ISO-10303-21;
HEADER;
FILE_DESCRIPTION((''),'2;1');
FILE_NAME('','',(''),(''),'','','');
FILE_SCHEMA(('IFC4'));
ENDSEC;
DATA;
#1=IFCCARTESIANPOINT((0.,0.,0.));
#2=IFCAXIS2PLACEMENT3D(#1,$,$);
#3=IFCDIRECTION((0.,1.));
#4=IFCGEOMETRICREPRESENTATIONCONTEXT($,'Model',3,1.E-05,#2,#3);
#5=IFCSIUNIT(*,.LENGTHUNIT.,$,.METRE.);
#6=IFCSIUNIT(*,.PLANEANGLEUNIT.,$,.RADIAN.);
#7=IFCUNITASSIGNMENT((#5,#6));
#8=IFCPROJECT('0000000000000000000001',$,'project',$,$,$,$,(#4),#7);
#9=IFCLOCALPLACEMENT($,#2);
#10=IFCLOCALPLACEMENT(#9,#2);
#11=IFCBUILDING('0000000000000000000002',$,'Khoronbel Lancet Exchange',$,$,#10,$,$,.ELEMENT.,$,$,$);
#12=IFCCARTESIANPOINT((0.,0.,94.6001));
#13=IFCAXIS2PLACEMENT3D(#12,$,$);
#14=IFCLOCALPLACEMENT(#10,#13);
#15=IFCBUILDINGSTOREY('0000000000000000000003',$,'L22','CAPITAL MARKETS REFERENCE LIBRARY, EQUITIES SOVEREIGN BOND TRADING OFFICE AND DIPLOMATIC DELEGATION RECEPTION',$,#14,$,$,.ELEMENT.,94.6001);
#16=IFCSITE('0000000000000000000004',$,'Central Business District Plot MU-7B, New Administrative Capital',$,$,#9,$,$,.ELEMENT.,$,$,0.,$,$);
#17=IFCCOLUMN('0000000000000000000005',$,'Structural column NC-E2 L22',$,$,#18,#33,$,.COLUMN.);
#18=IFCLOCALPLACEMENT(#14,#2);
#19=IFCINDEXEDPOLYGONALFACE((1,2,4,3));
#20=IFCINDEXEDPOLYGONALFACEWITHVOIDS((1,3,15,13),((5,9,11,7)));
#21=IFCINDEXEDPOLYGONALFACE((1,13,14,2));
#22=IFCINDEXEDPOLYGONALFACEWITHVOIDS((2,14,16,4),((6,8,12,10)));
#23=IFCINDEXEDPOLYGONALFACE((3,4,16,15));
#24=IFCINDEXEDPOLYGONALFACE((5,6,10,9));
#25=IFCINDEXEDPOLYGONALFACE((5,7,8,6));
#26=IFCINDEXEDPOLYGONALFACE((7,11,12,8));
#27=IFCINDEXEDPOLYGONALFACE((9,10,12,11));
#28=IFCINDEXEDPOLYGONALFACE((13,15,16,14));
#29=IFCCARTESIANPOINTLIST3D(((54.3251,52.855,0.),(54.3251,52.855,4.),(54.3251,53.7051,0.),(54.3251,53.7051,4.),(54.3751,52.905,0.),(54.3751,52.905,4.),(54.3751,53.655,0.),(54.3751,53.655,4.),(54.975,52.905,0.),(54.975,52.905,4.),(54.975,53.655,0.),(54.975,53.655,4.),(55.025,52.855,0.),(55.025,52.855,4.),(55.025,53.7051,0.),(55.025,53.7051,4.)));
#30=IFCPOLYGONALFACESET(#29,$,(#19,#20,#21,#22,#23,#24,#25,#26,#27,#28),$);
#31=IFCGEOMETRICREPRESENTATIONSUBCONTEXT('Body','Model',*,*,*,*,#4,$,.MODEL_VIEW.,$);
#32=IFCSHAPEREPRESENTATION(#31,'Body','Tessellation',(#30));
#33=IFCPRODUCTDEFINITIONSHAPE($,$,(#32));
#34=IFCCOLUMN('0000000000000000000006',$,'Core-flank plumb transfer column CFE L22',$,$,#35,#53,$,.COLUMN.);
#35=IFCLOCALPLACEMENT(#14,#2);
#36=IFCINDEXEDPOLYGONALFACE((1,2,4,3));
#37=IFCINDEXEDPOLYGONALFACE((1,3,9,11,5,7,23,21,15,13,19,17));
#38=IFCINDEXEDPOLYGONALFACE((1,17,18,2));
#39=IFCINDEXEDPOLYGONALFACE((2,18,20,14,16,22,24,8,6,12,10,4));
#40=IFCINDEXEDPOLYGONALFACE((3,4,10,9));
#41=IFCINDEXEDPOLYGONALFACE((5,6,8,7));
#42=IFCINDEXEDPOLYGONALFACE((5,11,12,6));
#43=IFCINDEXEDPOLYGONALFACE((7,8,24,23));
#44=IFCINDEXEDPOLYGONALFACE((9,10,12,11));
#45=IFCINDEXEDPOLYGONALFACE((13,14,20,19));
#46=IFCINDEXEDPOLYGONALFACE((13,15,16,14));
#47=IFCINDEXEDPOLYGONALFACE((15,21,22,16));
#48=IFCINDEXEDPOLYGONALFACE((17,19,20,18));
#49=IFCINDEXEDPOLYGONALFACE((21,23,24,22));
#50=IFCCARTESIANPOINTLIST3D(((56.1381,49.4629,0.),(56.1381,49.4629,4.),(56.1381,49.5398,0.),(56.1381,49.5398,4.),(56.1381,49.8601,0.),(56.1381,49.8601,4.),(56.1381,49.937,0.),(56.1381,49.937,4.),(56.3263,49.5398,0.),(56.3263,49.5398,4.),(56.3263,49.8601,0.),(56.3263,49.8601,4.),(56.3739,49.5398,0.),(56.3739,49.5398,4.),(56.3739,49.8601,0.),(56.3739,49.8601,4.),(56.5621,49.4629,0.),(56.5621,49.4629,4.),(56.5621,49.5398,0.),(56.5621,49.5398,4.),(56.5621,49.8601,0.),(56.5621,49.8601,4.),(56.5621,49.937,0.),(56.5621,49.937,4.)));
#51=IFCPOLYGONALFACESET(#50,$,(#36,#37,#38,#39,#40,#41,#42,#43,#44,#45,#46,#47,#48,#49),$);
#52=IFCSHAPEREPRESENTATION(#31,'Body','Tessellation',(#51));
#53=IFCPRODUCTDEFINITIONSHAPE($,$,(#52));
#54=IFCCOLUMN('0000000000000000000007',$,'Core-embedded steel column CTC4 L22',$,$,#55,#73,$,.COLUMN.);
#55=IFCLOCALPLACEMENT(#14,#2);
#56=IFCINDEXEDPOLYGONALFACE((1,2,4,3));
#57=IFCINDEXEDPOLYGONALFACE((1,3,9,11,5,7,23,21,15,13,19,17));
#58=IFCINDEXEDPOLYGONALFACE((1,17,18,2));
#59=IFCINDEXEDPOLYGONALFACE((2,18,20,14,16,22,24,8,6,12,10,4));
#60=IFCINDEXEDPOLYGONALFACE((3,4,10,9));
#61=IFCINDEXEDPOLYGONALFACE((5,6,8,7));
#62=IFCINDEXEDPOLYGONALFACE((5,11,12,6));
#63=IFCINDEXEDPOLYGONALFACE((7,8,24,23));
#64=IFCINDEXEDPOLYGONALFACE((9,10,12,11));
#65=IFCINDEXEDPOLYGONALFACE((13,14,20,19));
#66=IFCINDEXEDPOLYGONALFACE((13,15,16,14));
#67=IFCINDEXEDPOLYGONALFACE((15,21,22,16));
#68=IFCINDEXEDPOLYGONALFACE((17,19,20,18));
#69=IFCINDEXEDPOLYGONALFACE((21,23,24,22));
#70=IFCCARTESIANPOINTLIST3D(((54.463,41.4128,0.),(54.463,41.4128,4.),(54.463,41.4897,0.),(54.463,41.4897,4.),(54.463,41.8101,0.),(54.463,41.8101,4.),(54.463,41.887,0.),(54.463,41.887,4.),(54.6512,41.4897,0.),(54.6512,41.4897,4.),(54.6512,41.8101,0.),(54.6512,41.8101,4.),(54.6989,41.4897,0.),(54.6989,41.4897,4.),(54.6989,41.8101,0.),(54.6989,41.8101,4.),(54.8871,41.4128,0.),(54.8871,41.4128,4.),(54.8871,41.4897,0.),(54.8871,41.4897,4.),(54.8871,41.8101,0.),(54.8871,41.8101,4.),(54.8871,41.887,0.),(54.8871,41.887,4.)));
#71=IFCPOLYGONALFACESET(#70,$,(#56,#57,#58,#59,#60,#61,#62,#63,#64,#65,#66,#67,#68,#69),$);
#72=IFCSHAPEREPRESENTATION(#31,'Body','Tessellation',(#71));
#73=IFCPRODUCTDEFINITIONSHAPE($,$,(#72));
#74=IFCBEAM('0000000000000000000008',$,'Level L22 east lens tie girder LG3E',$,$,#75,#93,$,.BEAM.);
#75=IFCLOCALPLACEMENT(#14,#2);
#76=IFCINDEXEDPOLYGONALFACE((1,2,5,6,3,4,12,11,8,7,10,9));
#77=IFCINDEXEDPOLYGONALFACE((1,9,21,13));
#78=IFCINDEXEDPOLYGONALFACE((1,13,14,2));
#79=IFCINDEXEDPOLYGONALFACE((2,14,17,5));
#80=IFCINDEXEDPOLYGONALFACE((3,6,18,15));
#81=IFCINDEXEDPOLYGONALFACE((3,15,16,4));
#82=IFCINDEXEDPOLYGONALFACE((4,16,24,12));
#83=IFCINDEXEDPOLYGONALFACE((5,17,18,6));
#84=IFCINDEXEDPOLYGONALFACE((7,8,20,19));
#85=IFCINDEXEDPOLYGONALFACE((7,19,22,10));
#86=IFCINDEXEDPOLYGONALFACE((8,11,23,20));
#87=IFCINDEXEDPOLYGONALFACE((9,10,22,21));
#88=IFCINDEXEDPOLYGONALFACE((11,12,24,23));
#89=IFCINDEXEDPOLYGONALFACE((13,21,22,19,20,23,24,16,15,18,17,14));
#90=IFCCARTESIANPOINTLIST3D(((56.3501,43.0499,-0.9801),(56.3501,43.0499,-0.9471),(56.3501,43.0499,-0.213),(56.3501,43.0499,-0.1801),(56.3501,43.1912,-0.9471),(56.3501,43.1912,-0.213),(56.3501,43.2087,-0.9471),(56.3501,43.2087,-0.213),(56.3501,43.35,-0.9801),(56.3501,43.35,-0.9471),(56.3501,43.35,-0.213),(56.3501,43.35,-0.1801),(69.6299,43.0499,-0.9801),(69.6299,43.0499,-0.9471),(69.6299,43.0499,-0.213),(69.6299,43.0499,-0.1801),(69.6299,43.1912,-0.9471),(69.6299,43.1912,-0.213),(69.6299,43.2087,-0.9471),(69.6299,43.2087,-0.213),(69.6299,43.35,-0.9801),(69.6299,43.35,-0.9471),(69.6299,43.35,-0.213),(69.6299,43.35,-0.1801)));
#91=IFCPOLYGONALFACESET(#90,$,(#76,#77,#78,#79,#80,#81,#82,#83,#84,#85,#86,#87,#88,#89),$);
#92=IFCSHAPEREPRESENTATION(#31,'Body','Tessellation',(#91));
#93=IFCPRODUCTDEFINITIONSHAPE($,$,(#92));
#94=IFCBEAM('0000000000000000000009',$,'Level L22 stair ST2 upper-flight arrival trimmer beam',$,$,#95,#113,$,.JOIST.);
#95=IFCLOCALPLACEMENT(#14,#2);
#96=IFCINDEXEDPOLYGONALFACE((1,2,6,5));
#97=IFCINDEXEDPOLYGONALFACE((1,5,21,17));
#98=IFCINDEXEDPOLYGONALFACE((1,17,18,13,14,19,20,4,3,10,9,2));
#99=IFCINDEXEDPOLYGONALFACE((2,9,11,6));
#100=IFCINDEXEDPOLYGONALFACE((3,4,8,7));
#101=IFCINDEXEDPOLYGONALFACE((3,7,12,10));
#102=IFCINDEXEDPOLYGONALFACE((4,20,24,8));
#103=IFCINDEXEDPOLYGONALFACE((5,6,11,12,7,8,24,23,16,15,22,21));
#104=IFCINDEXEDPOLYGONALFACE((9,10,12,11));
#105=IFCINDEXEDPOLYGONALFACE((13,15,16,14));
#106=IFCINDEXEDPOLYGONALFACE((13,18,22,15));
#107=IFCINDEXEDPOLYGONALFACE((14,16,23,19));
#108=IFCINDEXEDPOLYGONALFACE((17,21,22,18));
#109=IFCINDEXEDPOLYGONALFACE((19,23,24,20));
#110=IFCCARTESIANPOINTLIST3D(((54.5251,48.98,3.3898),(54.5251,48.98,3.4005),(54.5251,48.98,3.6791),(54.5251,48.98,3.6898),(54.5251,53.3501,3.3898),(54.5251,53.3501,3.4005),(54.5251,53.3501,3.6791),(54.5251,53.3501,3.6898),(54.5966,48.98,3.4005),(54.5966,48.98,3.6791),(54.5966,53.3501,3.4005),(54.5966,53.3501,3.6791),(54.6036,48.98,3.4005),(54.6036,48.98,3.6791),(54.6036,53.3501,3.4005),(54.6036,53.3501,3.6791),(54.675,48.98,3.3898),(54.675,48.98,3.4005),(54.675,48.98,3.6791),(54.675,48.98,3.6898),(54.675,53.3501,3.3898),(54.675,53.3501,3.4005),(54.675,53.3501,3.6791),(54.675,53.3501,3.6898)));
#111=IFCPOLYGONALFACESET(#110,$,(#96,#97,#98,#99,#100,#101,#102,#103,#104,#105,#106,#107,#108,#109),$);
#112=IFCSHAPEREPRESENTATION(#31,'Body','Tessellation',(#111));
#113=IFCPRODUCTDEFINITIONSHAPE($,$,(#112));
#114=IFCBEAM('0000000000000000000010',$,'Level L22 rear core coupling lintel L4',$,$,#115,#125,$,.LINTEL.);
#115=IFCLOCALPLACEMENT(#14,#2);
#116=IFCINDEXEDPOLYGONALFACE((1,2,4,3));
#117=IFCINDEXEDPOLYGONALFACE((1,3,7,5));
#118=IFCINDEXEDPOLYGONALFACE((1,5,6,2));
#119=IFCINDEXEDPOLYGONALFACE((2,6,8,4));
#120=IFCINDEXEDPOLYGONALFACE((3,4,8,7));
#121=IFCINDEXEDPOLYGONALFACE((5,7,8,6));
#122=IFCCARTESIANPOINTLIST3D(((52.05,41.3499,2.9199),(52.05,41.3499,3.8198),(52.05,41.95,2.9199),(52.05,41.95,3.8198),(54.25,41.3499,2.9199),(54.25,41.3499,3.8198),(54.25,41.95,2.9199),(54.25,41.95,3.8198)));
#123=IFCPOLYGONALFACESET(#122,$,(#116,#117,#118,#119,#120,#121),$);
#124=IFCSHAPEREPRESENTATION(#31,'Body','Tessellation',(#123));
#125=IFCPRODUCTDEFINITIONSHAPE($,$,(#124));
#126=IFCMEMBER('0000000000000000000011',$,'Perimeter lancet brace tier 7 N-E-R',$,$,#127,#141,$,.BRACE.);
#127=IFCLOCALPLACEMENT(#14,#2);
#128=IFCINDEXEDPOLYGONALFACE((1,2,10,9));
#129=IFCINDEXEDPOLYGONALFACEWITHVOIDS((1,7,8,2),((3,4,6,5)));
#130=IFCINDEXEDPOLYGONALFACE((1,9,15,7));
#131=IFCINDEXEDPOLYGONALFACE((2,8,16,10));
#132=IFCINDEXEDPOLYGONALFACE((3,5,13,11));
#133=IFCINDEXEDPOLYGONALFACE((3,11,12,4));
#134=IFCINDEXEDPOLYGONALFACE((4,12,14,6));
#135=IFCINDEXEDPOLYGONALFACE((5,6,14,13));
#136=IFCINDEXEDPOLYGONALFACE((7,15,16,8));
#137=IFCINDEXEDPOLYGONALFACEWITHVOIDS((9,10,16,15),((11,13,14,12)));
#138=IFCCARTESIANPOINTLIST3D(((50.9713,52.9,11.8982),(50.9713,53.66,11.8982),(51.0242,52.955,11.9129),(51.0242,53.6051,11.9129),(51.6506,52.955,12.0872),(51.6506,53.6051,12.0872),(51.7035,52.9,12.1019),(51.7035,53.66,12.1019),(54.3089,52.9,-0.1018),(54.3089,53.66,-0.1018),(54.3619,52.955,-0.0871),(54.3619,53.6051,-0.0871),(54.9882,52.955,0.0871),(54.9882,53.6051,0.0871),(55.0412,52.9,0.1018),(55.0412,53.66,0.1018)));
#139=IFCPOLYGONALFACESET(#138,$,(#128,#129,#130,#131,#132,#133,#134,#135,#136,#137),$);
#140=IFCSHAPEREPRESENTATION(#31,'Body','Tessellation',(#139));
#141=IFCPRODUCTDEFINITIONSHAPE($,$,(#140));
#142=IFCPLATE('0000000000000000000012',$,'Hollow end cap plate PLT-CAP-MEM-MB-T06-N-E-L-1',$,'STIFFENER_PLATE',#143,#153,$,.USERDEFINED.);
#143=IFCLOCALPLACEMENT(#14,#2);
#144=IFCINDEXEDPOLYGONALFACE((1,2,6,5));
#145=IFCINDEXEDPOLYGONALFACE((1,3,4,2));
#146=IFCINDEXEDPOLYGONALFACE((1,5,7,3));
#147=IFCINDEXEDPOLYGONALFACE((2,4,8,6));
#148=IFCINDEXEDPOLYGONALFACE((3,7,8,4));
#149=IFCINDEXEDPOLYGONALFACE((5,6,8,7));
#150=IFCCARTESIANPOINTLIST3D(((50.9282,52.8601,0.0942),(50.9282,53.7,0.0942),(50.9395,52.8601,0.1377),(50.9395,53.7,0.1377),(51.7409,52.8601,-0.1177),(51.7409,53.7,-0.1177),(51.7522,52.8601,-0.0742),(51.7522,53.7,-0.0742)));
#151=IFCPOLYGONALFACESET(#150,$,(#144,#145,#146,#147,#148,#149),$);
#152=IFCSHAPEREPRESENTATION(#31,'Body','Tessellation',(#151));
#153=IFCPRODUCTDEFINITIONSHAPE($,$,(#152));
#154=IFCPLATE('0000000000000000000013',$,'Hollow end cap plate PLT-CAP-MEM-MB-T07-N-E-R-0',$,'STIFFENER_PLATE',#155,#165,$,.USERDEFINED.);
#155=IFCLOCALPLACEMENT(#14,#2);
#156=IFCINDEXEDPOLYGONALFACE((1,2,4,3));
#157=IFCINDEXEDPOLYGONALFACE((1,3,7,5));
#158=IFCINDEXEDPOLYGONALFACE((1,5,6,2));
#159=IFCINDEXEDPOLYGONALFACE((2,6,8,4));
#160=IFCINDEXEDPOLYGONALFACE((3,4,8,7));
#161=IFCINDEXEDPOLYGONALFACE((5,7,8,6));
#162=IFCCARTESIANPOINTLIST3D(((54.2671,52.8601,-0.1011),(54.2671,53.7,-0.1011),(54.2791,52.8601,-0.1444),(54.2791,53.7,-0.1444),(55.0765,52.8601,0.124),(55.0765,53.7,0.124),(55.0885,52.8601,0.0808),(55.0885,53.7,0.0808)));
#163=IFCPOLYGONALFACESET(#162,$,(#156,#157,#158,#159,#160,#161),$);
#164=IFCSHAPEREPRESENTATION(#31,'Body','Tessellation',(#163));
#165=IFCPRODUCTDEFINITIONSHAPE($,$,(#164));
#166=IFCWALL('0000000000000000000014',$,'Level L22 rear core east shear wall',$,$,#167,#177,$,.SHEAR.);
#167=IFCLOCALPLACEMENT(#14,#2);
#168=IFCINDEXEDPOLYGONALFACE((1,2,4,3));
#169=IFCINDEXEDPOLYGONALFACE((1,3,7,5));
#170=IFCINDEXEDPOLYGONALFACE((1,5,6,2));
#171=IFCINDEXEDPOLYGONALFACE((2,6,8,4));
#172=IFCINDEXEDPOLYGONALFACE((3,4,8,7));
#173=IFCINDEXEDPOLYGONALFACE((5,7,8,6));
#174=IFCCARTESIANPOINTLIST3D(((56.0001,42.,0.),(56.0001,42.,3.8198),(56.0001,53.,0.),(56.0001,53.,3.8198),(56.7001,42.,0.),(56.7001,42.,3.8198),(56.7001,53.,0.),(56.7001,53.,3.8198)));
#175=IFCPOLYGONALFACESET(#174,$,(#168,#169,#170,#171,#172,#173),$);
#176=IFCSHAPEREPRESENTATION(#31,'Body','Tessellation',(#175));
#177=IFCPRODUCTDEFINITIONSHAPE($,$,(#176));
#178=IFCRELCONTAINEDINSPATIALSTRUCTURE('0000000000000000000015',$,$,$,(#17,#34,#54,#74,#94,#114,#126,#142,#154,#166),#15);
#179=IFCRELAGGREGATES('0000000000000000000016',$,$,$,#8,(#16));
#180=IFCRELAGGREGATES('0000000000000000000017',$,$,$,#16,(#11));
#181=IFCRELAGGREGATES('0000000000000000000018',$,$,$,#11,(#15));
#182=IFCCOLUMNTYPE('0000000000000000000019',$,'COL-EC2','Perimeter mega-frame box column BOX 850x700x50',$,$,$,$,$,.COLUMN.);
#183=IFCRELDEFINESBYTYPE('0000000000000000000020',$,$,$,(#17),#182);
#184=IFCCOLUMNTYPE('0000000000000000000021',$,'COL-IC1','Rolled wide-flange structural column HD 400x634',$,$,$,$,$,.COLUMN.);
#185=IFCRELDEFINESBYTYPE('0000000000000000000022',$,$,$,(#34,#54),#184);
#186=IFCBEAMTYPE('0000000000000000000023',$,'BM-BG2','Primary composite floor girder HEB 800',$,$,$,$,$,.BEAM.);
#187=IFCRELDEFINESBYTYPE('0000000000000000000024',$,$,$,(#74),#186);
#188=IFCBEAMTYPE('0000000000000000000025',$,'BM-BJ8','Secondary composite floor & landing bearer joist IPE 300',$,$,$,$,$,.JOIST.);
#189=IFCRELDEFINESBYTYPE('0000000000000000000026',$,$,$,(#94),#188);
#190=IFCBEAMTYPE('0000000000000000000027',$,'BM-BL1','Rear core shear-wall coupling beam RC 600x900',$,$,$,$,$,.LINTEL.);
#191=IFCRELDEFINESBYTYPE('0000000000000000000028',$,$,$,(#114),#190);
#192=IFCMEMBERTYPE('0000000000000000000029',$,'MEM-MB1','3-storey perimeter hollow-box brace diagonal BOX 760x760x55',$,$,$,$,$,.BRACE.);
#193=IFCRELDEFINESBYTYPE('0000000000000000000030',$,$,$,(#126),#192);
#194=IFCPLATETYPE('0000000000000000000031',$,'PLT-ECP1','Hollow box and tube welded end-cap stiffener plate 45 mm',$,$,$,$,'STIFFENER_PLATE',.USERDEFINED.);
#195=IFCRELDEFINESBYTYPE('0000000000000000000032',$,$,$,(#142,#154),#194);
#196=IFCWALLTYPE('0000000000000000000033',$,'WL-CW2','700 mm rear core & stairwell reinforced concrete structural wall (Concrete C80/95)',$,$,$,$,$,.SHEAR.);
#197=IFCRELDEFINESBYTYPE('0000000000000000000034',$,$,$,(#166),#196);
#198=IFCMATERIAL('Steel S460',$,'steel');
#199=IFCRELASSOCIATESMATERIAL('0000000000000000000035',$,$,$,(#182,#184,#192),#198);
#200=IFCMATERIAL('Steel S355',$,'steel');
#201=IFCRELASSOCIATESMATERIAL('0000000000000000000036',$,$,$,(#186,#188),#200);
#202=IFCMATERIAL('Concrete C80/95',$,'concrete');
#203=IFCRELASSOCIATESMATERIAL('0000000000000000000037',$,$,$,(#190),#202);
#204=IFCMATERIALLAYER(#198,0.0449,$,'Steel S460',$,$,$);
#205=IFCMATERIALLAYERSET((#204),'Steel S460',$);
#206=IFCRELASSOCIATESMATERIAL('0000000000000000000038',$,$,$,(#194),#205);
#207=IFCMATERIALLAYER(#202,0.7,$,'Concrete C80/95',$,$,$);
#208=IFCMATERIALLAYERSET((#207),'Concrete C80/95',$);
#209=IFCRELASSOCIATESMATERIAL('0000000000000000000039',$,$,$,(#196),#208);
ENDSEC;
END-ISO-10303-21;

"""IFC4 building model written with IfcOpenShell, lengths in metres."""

from ifc_helpers import new_model, si_unit, direction, frame, frame_2d, origin, origin_2d, place, context, subcontext, project, spatial, polyline, rectangle, hollow_rectangle, i_section, outline, extrude, material, layer, layer_set, material_profile, profile_set, type_object, element, save


model = new_model("IFC4")

# Units and contexts
model_context = context("Model", 3, precision=1e-05, world=origin(), true_north=direction((0.0, 1.0)))
body_context = subcontext(model_context, "Body", "Model", "MODEL_VIEW")
ifc_project = project(units=[si_unit("LENGTHUNIT", "METRE"), si_unit("PLANEANGLEUNIT", "RADIAN")], contexts=[model_context])

# Site, building, storey
site_placement = place(None, origin())
site = spatial("IfcSite", under=ifc_project, at=site_placement, Name="Central Business District Plot MU-7B, New Administrative Capital", CompositionType="ELEMENT", RefElevation=0.0)
building_placement = place(site_placement, origin())
building = spatial("IfcBuilding", under=site, at=building_placement, Name="Khoronbel Lancet Exchange", CompositionType="ELEMENT")
storey_placement = place(building_placement, frame((0.0, 0.0, 94.6001)))
storey = spatial("IfcBuildingStorey", under=building, at=storey_placement, Name="L22", Description="CAPITAL MARKETS REFERENCE LIBRARY, EQUITIES SOVEREIGN BOND TRADING OFFICE AND DIPLOMATIC DELEGATION RECEPTION", CompositionType="ELEMENT", Elevation=94.6001)

# Columns
ifc_material_1 = material(Name="Steel S460", Category="steel")
ifc_material_profile_1 = material_profile(ifc_material_1, hollow_rectangle(XDim=0.7, YDim=0.8501, WallThickness=0.05, at=origin_2d()), Name="BOX 850x700x50")
ifc_profile_set_1 = profile_set([ifc_material_profile_1], Name="Steel S460")
column_type_1 = type_object("IfcColumnType", Name="COL-EC2", Description="Perimeter mega-frame box column BOX 850x700x50", PredefinedType="COLUMN", material=ifc_profile_set_1)
column_placement = place(storey_placement, frame((54.675, 53.28, 0.0), z_axis=(0.0, 0.0, 1.0), x_axis=(1.0, 0.0, 0.0)))
element("IfcColumn", 1, at=column_placement, inside=storey, type_object=column_type_1, Name="Structural column NC-E2 L22", PredefinedType="COLUMN", context=body_context, shape_type="SweptSolid", body=[
    extrude(hollow_rectangle(XDim=0.7, YDim=0.8501, WallThickness=0.05, at=origin_2d()), origin(), (0.0, 0.0, 1.0), 4.0),
])
ifc_material_profile_2 = material_profile(ifc_material_1, i_section(OverallWidth=0.4241, OverallDepth=0.4741, WebThickness=0.0476, FlangeThickness=0.0769, at=origin_2d()), Name="HD 400x634")
ifc_profile_set_2 = profile_set([ifc_material_profile_2], Name="Steel S460")
column_type_2 = type_object("IfcColumnType", Name="COL-IC1", Description="Rolled wide-flange structural column HD 400x634", PredefinedType="COLUMN", material=ifc_profile_set_2)
for number, where, z_axis, x_axis, name in (
    (2, (56.3501, 49.7, 0.0), (0.0, 0.0, 1.0), (1.0, 0.0, 0.0), "Core-flank plumb transfer column CFE L22"),
    (3, (54.675, 41.6499, 0.0), (0.0, 0.0, 1.0), (1.0, 0.0, 0.0), "Core-embedded steel column CTC4 L22"),
):
    element("IfcColumn", number, at=place(storey_placement, frame(where, z_axis=z_axis, x_axis=x_axis)), inside=storey, type_object=column_type_2, Name=name, PredefinedType="COLUMN", context=body_context, shape_type="SweptSolid", body=[
        extrude(i_section(OverallWidth=0.4241, OverallDepth=0.4741, WebThickness=0.0476, FlangeThickness=0.0769, at=origin_2d()), origin(), (0.0, 0.0, 1.0), 4.0),
    ])

# Beams
ifc_material_2 = material(Name="Steel S355", Category="steel")
ifc_material_profile_3 = material_profile(ifc_material_2, i_section(OverallWidth=0.3, OverallDepth=0.8, WebThickness=0.0176, FlangeThickness=0.033, at=origin_2d()), Name="HEB 800")
ifc_profile_set_3 = profile_set([ifc_material_profile_3], Name="Steel S355")
beam_type_1 = type_object("IfcBeamType", Name="BM-BG2", Description="Primary composite floor girder HEB 800", PredefinedType="BEAM", material=ifc_profile_set_3)
beam_1_placement = place(storey_placement, frame((56.3501, 43.2, -0.5801), z_axis=(1.0, 0.0, 0.0), x_axis=(0.0, 1.0, 0.0)))
element("IfcBeam", 4, at=beam_1_placement, inside=storey, type_object=beam_type_1, Name="Level L22 east lens tie girder LG3E", PredefinedType="BEAM", context=body_context, shape_type="SweptSolid", body=[
    extrude(i_section(OverallWidth=0.3, OverallDepth=0.8, WebThickness=0.0176, FlangeThickness=0.033, at=origin_2d()), origin(), (0.0, 0.0, 1.0), 13.2798),
])
ifc_material_profile_4 = material_profile(ifc_material_2, i_section(OverallWidth=0.1499, OverallDepth=0.3, WebThickness=0.0071, FlangeThickness=0.0107, at=origin_2d()), Name="IPE 300")
ifc_profile_set_4 = profile_set([ifc_material_profile_4], Name="Steel S355")
beam_type_2 = type_object("IfcBeamType", Name="BM-BJ8", Description="Secondary composite floor & landing bearer joist IPE 300", PredefinedType="JOIST", material=ifc_profile_set_4)
beam_2_placement = place(storey_placement, frame((54.6001, 48.98, 3.5398), z_axis=(0.0, 1.0, 0.0), x_axis=(-1.0, 0.0, 0.0)))
element("IfcBeam", 5, at=beam_2_placement, inside=storey, type_object=beam_type_2, Name="Level L22 stair ST2 upper-flight arrival trimmer beam", PredefinedType="JOIST", context=body_context, shape_type="SweptSolid", body=[
    extrude(i_section(OverallWidth=0.1499, OverallDepth=0.3, WebThickness=0.0071, FlangeThickness=0.0107, at=origin_2d()), origin(), (0.0, 0.0, 1.0), 4.3701),
])
ifc_material_3 = material(Name="Concrete C80/95", Category="concrete")
ifc_material_profile_5 = material_profile(ifc_material_3, rectangle(XDim=0.6001, YDim=0.8999, at=origin_2d()), Name="RC 600x900")
ifc_profile_set_5 = profile_set([ifc_material_profile_5], Name="Concrete C80/95")
beam_type_3 = type_object("IfcBeamType", Name="BM-BL1", Description="Rear core shear-wall coupling beam RC 600x900", PredefinedType="LINTEL", material=ifc_profile_set_5)
beam_3_placement = place(storey_placement, frame((52.05, 41.6499, 3.3699), z_axis=(1.0, 0.0, 0.0), x_axis=(0.0, 1.0, 0.0)))
element("IfcBeam", 6, at=beam_3_placement, inside=storey, type_object=beam_type_3, Name="Level L22 rear core coupling lintel L4", PredefinedType="LINTEL", context=body_context, shape_type="SweptSolid", body=[
    extrude(rectangle(XDim=0.6001, YDim=0.8999, at=origin_2d()), origin(), (0.0, 0.0, 1.0), 2.2),
])

# Member
ifc_material_profile_6 = material_profile(ifc_material_1, hollow_rectangle(XDim=0.76, YDim=0.76, WallThickness=0.0549, at=origin_2d()), Name="BOX 760x760x55")
ifc_profile_set_6 = profile_set([ifc_material_profile_6], Name="Steel S460")
member_type = type_object("IfcMemberType", Name="MEM-MB1", Description="3-storey perimeter hollow-box brace diagonal BOX 760x760x55", PredefinedType="BRACE", material=ifc_profile_set_6)
member_placement = place(storey_placement, frame((54.675, 53.28, 0.0), z_axis=(-0.267965, 0.0, 0.963429), x_axis=(0.0, -1.0, 0.0)))
element("IfcMember", 7, at=member_placement, inside=storey, type_object=member_type, Name="Perimeter lancet brace tier 7 N-E-R", PredefinedType="BRACE", context=body_context, shape_type="SweptSolid", body=[
    extrude(hollow_rectangle(XDim=0.76, YDim=0.76, WallThickness=0.0549, at=origin_2d()), origin(), (0.0, 0.0, 1.0), 12.4556),
])

# Plates
ifc_layer_1 = layer(ifc_material_1, 0.0449, Name="Steel S460")
ifc_layer_set_1 = layer_set([ifc_layer_1], Name="Steel S460")
plate_type = type_object("IfcPlateType", Name="PLT-ECP1", Description="Hollow box and tube welded end-cap stiffener plate 45 mm", ElementType="STIFFENER_PLATE", PredefinedType="USERDEFINED", material=ifc_layer_set_1)
plate_1_placement = place(storey_placement, frame((51.7522, 52.8601, -0.0742), z_axis=(0.252304, 0.0, 0.967648), x_axis=(0.0, 1.0, 0.0)))
element("IfcPlate", 8, at=plate_1_placement, inside=storey, type_object=plate_type, Name="Hollow end cap plate PLT-CAP-MEM-MB-T06-N-E-L-1", ObjectType="STIFFENER_PLATE", PredefinedType="USERDEFINED", context=body_context, shape_type="SweptSolid", body=[
    extrude(outline(polyline([(0.0, 0.0), (0.8398, 0.0), (0.8398, 0.8398), (0.0, 0.8398), (0.0, 0.0)])), origin(), (0.0, 0.0, -1.0), 0.0449),
])
plate_2_placement = place(storey_placement, frame((54.2671, 53.7, -0.1011), z_axis=(-0.267959, 0.0, 0.96343), x_axis=(0.0, -1.0, 0.0)))
element("IfcPlate", 9, at=plate_2_placement, inside=storey, type_object=plate_type, Name="Hollow end cap plate PLT-CAP-MEM-MB-T07-N-E-R-0", ObjectType="STIFFENER_PLATE", PredefinedType="USERDEFINED", context=body_context, shape_type="SweptSolid", body=[
    extrude(outline(polyline([(0.0, 0.0), (0.8398, 0.0), (0.8398, 0.8401), (0.0, 0.8401), (0.0, 0.0)])), origin(), (0.0, 0.0, -1.0), 0.0449),
])

# Wall
ifc_layer_2 = layer(ifc_material_3, 0.7, Name="Concrete C80/95")
ifc_layer_set_2 = layer_set([ifc_layer_2], Name="Concrete C80/95")
wall_type_1 = type_object("IfcWallType", Name="WL-CW2", Description="700 mm rear core & stairwell reinforced concrete structural wall (Concrete C80/95)", PredefinedType="SHEAR", material=ifc_layer_set_2)
wall_1_placement = place(storey_placement, frame((56.3501, 53.0, 0.0), z_axis=(0.0, 0.0, 1.0), x_axis=(0.0, -1.0, 0.0)))
element("IfcWall", 10, at=wall_1_placement, inside=storey, type_object=wall_type_1, Name="Level L22 rear core east shear wall", PredefinedType="SHEAR", context=body_context, shape_type="SweptSolid", body=[
    extrude(rectangle(XDim=11.0, YDim=0.7, at=frame_2d((5.5, 0.0))), origin(), (0.0, 0.0, 1.0), 3.8198),
])

save(model, "model.ifc")
